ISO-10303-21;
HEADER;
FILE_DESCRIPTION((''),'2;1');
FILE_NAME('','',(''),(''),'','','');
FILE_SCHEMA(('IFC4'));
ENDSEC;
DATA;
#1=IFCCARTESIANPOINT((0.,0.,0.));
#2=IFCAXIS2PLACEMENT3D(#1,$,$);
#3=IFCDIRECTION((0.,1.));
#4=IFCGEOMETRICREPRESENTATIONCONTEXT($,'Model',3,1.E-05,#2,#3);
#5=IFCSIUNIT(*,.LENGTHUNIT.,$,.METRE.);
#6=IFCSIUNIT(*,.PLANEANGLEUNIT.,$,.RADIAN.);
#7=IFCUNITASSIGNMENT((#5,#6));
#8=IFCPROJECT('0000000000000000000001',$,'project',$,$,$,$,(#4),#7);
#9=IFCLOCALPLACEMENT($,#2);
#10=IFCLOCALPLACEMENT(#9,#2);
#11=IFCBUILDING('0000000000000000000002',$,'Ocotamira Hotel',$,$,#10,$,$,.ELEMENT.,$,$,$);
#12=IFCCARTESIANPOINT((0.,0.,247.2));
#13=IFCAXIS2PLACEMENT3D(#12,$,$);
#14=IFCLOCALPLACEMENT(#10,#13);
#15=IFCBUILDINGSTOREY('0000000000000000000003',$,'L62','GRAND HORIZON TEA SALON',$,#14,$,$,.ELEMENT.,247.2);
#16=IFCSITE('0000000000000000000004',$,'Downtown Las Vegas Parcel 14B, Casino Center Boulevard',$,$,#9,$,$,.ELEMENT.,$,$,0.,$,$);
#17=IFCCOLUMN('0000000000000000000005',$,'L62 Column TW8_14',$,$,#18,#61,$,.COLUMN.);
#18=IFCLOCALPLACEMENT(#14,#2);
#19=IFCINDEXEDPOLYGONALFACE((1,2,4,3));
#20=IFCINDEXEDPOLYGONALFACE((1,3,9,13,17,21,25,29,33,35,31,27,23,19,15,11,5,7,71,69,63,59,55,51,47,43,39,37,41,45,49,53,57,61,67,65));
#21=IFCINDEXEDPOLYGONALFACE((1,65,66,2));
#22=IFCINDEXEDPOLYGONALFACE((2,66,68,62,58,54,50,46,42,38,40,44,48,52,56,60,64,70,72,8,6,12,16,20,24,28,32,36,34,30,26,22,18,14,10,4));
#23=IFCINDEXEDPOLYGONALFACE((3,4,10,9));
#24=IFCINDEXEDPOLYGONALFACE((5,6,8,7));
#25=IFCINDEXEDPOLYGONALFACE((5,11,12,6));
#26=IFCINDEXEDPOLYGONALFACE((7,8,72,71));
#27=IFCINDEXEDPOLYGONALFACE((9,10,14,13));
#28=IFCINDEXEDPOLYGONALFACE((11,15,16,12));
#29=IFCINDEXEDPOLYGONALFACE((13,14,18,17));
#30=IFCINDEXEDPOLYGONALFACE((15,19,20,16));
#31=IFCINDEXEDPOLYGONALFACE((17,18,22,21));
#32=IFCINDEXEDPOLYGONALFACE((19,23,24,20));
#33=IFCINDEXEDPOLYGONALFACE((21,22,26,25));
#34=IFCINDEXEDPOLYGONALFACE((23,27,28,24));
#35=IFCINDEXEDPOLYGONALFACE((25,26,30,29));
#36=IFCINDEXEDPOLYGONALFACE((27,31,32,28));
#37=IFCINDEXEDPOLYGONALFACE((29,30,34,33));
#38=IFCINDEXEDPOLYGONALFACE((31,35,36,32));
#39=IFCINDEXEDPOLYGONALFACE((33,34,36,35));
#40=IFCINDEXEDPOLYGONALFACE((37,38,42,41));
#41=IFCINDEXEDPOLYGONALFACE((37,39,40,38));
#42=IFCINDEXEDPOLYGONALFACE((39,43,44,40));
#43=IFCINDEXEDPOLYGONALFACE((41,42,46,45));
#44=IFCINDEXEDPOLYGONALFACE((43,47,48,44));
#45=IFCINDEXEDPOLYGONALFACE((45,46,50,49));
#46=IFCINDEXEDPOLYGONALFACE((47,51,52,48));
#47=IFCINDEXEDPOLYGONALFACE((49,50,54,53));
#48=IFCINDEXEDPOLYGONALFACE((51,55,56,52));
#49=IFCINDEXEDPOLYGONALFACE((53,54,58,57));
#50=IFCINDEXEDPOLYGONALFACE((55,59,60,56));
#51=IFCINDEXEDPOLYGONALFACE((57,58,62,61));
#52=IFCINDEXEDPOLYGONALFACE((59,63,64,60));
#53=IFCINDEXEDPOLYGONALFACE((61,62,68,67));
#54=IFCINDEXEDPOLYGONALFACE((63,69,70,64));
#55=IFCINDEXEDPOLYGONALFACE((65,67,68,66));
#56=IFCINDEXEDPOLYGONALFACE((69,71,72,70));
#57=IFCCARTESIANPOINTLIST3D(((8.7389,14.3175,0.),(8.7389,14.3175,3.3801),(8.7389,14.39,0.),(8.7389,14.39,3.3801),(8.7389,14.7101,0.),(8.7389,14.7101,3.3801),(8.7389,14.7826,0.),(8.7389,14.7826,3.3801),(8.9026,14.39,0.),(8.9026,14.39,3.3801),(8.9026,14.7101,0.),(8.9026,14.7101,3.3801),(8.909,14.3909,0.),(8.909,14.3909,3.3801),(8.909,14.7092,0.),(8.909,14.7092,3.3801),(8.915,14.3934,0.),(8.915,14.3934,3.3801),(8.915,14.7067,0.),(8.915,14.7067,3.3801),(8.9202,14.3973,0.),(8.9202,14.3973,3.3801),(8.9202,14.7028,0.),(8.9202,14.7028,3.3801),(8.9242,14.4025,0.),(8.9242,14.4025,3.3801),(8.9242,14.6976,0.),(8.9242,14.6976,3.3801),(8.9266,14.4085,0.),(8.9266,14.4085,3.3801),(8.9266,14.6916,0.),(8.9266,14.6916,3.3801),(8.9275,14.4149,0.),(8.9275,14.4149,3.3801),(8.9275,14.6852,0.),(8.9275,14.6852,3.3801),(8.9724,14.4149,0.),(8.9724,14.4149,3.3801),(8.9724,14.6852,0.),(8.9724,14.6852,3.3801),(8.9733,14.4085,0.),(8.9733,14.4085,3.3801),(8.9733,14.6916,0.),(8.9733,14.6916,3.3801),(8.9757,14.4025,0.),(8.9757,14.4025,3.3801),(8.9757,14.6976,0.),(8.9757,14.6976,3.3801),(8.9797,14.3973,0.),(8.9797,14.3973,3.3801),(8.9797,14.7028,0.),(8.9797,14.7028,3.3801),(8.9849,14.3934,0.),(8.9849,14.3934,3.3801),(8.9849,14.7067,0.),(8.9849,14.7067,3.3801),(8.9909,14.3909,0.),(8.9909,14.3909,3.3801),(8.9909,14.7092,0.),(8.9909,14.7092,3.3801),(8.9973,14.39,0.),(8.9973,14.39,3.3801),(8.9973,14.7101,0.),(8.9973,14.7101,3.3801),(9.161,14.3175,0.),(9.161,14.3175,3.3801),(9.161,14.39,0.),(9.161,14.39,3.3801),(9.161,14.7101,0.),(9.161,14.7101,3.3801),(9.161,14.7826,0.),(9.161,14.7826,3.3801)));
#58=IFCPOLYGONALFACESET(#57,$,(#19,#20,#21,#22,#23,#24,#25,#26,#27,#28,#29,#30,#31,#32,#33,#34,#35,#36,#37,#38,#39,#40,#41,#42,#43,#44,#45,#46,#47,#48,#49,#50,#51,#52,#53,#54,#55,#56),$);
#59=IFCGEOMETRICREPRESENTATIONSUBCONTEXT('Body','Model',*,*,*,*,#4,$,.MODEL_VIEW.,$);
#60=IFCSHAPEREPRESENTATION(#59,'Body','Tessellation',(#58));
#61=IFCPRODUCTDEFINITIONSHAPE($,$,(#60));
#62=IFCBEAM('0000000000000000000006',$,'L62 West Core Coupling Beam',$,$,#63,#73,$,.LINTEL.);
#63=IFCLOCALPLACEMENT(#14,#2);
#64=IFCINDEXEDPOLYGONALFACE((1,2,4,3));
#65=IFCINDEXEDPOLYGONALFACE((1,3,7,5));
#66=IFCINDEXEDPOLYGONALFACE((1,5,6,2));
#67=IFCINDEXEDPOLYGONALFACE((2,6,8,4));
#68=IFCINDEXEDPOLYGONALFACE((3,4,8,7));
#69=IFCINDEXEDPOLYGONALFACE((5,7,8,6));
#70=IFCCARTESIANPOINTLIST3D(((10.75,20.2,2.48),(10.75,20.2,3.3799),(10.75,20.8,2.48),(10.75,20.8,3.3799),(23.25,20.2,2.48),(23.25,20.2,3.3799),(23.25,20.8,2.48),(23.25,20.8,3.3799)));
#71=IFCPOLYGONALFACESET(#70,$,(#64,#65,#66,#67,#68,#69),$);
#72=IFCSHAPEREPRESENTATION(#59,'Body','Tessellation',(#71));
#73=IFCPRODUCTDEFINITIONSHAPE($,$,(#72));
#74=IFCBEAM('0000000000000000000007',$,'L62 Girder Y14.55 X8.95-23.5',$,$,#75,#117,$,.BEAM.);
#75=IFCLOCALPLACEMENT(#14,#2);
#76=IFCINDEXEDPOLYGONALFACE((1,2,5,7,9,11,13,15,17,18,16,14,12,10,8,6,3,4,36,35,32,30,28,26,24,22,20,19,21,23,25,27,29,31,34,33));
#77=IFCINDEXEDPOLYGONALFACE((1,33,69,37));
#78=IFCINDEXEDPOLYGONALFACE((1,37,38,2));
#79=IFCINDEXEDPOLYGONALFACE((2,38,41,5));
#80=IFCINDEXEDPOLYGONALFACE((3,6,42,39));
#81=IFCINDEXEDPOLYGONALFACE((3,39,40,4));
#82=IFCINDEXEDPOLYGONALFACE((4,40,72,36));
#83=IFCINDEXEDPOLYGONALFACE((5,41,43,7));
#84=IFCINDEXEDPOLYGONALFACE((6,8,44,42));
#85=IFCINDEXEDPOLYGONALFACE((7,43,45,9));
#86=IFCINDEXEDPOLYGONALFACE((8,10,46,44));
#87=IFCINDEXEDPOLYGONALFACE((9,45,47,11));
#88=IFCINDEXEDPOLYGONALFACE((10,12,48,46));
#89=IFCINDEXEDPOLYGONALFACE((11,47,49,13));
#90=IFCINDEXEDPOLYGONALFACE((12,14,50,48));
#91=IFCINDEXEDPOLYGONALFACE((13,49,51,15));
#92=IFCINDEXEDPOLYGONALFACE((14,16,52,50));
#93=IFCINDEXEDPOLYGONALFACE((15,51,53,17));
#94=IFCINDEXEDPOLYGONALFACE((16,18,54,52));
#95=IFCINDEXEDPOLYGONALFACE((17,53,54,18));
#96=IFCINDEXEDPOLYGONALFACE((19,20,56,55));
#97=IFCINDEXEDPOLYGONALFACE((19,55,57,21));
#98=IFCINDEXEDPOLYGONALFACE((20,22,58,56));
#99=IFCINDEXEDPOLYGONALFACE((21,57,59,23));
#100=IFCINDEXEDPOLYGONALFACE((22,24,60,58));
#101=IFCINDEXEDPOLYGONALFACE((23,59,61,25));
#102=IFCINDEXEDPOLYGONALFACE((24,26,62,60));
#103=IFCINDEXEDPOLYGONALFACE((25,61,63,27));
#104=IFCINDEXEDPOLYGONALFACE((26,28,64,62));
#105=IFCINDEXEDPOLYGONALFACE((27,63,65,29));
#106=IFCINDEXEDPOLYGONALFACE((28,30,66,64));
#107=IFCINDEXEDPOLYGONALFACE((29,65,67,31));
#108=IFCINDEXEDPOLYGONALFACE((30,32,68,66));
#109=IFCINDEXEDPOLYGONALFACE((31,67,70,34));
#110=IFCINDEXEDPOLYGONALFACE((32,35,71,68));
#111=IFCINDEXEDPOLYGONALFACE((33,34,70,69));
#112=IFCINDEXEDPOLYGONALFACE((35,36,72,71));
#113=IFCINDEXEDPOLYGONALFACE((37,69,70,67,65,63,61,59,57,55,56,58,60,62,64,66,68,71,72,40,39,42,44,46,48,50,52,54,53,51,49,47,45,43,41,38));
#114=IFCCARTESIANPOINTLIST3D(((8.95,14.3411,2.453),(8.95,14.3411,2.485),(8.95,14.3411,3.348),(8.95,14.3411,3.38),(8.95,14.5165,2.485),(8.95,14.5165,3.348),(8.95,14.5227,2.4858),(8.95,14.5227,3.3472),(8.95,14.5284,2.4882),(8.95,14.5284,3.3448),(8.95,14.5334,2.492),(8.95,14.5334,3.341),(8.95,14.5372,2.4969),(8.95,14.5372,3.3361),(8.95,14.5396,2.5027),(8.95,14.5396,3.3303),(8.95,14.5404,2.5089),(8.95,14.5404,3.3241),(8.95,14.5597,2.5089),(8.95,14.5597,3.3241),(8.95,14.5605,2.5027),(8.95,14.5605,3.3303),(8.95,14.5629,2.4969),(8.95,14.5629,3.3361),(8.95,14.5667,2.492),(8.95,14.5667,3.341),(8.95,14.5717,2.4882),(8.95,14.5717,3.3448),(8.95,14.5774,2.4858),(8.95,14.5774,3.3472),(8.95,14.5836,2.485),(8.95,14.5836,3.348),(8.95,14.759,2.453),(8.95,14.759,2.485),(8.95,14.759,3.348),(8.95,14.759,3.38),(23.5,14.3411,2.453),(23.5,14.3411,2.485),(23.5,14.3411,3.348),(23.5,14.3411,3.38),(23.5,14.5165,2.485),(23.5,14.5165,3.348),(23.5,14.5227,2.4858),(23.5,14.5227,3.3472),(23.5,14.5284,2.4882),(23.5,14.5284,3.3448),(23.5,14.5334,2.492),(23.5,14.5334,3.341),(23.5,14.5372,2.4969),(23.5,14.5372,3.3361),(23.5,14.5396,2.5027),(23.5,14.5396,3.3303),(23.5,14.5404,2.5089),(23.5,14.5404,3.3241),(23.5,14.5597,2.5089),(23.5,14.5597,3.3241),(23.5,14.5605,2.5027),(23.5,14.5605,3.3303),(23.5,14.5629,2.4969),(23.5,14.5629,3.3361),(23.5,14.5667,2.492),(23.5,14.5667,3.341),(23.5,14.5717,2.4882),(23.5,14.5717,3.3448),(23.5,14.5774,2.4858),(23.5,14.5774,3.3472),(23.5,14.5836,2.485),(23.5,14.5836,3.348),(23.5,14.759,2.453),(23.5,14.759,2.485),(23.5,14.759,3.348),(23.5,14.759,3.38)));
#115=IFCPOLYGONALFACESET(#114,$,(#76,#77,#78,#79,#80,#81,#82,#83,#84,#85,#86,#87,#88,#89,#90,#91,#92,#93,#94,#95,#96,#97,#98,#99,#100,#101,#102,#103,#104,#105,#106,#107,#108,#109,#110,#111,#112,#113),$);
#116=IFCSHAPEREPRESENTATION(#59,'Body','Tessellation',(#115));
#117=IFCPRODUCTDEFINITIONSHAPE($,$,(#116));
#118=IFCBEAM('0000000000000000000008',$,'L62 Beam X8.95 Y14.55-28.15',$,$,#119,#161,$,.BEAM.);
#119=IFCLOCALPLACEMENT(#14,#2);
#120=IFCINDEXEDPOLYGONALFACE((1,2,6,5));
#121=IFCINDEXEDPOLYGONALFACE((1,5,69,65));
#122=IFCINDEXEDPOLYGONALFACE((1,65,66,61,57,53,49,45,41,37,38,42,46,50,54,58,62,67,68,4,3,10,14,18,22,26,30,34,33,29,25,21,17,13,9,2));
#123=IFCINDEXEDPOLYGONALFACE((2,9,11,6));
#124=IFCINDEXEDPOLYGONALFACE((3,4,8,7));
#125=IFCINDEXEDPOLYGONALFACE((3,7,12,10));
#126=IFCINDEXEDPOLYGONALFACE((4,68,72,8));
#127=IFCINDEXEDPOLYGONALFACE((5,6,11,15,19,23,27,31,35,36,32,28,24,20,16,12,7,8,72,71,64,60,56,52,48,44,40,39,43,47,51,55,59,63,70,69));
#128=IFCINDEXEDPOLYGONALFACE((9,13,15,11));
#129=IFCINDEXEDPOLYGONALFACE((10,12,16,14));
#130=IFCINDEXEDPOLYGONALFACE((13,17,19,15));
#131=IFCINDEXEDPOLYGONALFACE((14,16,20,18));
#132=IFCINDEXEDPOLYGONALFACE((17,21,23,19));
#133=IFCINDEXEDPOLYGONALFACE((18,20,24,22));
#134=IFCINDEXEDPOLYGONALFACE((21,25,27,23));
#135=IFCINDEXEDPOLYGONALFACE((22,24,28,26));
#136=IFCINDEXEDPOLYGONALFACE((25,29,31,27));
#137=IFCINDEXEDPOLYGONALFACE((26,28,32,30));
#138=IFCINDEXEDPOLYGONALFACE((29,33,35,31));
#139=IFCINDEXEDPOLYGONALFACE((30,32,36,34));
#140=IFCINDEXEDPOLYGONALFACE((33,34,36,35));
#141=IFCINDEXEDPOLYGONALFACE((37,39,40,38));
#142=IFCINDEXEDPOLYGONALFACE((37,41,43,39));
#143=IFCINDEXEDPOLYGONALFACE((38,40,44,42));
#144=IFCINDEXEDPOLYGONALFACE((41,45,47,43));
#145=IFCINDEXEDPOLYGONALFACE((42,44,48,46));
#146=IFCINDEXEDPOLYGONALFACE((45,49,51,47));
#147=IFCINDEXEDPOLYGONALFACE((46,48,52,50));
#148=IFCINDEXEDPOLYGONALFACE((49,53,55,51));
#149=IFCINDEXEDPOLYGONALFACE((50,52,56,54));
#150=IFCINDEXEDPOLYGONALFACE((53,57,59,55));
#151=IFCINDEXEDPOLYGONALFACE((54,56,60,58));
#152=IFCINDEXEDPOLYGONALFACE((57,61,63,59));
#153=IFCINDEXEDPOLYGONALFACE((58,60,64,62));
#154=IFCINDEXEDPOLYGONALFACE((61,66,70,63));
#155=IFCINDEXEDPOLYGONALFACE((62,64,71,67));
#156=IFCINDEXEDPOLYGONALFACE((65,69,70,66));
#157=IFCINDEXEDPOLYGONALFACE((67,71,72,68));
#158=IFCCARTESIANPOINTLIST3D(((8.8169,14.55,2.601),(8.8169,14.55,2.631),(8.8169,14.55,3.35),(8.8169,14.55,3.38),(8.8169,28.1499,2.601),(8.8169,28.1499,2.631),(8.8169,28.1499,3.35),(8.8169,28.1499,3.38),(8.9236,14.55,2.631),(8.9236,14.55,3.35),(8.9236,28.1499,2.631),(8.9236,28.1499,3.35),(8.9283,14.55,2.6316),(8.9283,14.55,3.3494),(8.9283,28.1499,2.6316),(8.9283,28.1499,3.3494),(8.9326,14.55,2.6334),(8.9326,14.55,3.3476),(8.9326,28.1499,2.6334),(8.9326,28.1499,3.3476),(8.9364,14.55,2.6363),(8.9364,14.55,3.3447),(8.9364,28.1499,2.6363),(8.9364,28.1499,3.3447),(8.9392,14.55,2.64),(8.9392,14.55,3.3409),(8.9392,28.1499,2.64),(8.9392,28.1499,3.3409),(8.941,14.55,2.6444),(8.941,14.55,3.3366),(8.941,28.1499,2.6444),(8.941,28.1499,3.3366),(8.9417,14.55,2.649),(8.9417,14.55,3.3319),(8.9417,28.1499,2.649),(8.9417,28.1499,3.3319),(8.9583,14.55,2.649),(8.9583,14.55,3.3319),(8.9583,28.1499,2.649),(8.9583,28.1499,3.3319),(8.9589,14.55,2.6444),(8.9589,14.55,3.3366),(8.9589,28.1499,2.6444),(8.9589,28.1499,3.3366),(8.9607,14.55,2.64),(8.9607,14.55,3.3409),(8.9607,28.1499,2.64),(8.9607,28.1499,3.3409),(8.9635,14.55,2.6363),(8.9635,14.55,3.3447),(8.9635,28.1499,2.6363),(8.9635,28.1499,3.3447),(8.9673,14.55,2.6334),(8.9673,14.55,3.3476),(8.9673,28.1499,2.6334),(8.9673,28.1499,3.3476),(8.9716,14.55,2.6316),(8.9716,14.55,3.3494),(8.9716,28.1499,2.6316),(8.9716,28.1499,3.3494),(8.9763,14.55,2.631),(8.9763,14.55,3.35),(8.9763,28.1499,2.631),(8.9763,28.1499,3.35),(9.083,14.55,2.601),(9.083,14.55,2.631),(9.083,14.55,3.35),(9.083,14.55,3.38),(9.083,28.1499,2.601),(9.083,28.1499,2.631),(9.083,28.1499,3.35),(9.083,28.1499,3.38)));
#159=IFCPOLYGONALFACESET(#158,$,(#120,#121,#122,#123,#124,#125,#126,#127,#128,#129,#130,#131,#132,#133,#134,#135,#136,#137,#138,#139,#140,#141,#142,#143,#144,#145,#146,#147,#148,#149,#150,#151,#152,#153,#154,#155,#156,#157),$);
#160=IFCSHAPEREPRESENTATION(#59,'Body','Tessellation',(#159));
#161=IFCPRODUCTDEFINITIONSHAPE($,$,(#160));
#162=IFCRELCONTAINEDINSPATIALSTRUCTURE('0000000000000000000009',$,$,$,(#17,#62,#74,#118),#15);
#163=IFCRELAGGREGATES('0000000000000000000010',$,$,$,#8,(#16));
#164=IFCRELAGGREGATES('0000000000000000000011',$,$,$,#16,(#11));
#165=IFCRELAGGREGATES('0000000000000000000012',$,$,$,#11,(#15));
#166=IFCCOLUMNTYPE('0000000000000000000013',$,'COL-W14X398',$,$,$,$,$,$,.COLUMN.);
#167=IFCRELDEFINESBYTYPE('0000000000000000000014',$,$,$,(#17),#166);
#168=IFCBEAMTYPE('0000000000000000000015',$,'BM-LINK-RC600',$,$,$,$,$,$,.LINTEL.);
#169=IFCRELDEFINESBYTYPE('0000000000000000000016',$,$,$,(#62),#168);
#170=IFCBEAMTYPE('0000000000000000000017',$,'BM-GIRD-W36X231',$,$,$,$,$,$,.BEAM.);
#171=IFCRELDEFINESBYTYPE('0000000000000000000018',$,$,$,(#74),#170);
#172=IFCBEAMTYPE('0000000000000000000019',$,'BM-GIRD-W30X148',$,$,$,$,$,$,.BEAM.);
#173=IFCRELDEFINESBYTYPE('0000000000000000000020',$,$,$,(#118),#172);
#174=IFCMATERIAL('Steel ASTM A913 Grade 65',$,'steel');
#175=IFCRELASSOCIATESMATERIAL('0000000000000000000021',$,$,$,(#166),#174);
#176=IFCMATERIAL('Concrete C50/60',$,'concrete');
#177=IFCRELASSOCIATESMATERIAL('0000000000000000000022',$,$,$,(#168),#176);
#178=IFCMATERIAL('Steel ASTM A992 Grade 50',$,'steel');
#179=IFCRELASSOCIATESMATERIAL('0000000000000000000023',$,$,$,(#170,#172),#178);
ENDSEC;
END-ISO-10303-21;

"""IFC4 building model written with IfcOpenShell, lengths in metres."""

from ifc_helpers import new_model, si_unit, direction, frame, origin, origin_2d, place, context, subcontext, project, spatial, rectangle, i_section, extrude, source, transform, mapped, material, material_profile, profile_set, type_object, element, save


model = new_model("IFC4")

# Units and contexts
model_context = context("Model", 3, precision=1e-05, world=origin(), true_north=direction((0.0, 1.0)))
body_context = subcontext(model_context, "Body", "Model", "MODEL_VIEW")
ifc_project = project(units=[si_unit("LENGTHUNIT", "METRE"), si_unit("PLANEANGLEUNIT", "RADIAN")], contexts=[model_context])

# Site, building, storey
site_placement = place(None, origin())
site = spatial("IfcSite", under=ifc_project, at=site_placement, Name="Downtown Las Vegas Parcel 14B, Casino Center Boulevard", CompositionType="ELEMENT", RefElevation=0.0)
building_placement = place(site_placement, origin())
building = spatial("IfcBuilding", under=site, at=building_placement, Name="Ocotamira Hotel", CompositionType="ELEMENT")
storey_placement = place(building_placement, frame((0.0, 0.0, 247.2)))
storey = spatial("IfcBuildingStorey", under=building, at=storey_placement, Name="L62", Description="GRAND HORIZON TEA SALON", CompositionType="ELEMENT", Elevation=247.2)

# Column
ifc_material_1 = material(Name="Steel ASTM A913 Grade 65", Category="steel")
ifc_material_profile_1 = material_profile(ifc_material_1, i_section(OverallWidth=0.4221, OverallDepth=0.4651, WebThickness=0.0449, FlangeThickness=0.0725, FilletRadius=0.0249, at=origin_2d()), Name="W14X398")
ifc_profile_set_1 = profile_set([ifc_material_profile_1], Name="Steel ASTM A913 Grade 65")
column_type = type_object("IfcColumnType", Name="COL-W14X398", PredefinedType="COLUMN", material=ifc_profile_set_1)
shared_shape_1 = source(origin(), body_context, "Body", "SweptSolid", [
    extrude(i_section(OverallWidth=0.4221, OverallDepth=0.4651, WebThickness=0.0449, FlangeThickness=0.0725, FilletRadius=0.0249, at=origin_2d()), origin(), (0.0, 0.0, 1.0), 3.3801),
])
column_placement = place(storey_placement, frame((8.95, 14.55, 0.0), z_axis=(0.0, 0.0, 1.0), x_axis=(1.0, 0.0, 0.0)))
element("IfcColumn", 1, at=column_placement, inside=storey, type_object=column_type, Name="L62 Column TW8_14", PredefinedType="COLUMN", context=body_context, shape_type="MappedRepresentation", body=[
    mapped(shared_shape_1, transform((0.0, 0.0, 0.0), scale=1.0)),
])

# Beams
ifc_material_2 = material(Name="Concrete C50/60", Category="concrete")
ifc_material_profile_2 = material_profile(ifc_material_2, rectangle(XDim=0.6001, YDim=0.8999, at=origin_2d()), Name="RC600X900")
ifc_profile_set_2 = profile_set([ifc_material_profile_2], Name="Concrete C50/60")
beam_type_1 = type_object("IfcBeamType", Name="BM-LINK-RC600", PredefinedType="LINTEL", material=ifc_profile_set_2)
shared_shape_2 = source(origin(), body_context, "Body", "SweptSolid", [
    extrude(rectangle(XDim=0.6001, YDim=0.8999, at=origin_2d()), origin(), (0.0, 0.0, 1.0), 12.5),
])
beam_1_placement = place(storey_placement, frame((10.75, 20.5, 2.9299), z_axis=(1.0, 0.0, 0.0), x_axis=(0.0, 1.0, 0.0)))
element("IfcBeam", 2, at=beam_1_placement, inside=storey, type_object=beam_type_1, Name="L62 West Core Coupling Beam", PredefinedType="LINTEL", context=body_context, shape_type="MappedRepresentation", body=[
    mapped(shared_shape_2, transform((0.0, 0.0, 0.0), scale=1.0)),
])
ifc_material_3 = material(Name="Steel ASTM A992 Grade 50", Category="steel")
ifc_material_profile_3 = material_profile(ifc_material_3, i_section(OverallWidth=0.418, OverallDepth=0.927, WebThickness=0.0193, FlangeThickness=0.032, FilletRadius=0.0239, at=origin_2d()), Name="W36X231")
ifc_profile_set_3 = profile_set([ifc_material_profile_3], Name="Steel ASTM A992 Grade 50")
beam_type_2 = type_object("IfcBeamType", Name="BM-GIRD-W36X231", PredefinedType="BEAM", material=ifc_profile_set_3)
shared_shape_3 = source(origin(), body_context, "Body", "SweptSolid", [
    extrude(i_section(OverallWidth=0.418, OverallDepth=0.927, WebThickness=0.0193, FlangeThickness=0.032, FilletRadius=0.0239, at=origin_2d()), origin(), (0.0, 0.0, 1.0), 14.55),
])
beam_2_placement = place(storey_placement, frame((8.95, 14.55, 2.9165), z_axis=(1.0, 0.0, 0.0), x_axis=(0.0, 1.0, 0.0)))
element("IfcBeam", 3, at=beam_2_placement, inside=storey, type_object=beam_type_2, Name="L62 Girder Y14.55 X8.95-23.5", PredefinedType="BEAM", context=body_context, shape_type="MappedRepresentation", body=[
    mapped(shared_shape_3, transform((0.0, 0.0, 0.0), scale=1.0)),
])
ifc_material_profile_4 = material_profile(ifc_material_3, i_section(OverallWidth=0.2661, OverallDepth=0.7791, WebThickness=0.0166, FlangeThickness=0.03, FilletRadius=0.0181, at=origin_2d()), Name="W30X148")
ifc_profile_set_4 = profile_set([ifc_material_profile_4], Name="Steel ASTM A992 Grade 50")
beam_type_3 = type_object("IfcBeamType", Name="BM-GIRD-W30X148", PredefinedType="BEAM", material=ifc_profile_set_4)
shared_shape_4 = source(origin(), body_context, "Body", "SweptSolid", [
    extrude(i_section(OverallWidth=0.2661, OverallDepth=0.7791, WebThickness=0.0166, FlangeThickness=0.03, FilletRadius=0.0181, at=origin_2d()), origin(), (0.0, 0.0, 1.0), 13.5999),
])
beam_3_placement = place(storey_placement, frame((8.95, 14.55, 2.9905), z_axis=(0.0, 1.0, 0.0), x_axis=(-1.0, 0.0, 0.0)))
element("IfcBeam", 4, at=beam_3_placement, inside=storey, type_object=beam_type_3, Name="L62 Beam X8.95 Y14.55-28.15", PredefinedType="BEAM", context=body_context, shape_type="MappedRepresentation", body=[
    mapped(shared_shape_4, transform((0.0, 0.0, 0.0), scale=1.0)),
])

save(model, "model.ifc")
